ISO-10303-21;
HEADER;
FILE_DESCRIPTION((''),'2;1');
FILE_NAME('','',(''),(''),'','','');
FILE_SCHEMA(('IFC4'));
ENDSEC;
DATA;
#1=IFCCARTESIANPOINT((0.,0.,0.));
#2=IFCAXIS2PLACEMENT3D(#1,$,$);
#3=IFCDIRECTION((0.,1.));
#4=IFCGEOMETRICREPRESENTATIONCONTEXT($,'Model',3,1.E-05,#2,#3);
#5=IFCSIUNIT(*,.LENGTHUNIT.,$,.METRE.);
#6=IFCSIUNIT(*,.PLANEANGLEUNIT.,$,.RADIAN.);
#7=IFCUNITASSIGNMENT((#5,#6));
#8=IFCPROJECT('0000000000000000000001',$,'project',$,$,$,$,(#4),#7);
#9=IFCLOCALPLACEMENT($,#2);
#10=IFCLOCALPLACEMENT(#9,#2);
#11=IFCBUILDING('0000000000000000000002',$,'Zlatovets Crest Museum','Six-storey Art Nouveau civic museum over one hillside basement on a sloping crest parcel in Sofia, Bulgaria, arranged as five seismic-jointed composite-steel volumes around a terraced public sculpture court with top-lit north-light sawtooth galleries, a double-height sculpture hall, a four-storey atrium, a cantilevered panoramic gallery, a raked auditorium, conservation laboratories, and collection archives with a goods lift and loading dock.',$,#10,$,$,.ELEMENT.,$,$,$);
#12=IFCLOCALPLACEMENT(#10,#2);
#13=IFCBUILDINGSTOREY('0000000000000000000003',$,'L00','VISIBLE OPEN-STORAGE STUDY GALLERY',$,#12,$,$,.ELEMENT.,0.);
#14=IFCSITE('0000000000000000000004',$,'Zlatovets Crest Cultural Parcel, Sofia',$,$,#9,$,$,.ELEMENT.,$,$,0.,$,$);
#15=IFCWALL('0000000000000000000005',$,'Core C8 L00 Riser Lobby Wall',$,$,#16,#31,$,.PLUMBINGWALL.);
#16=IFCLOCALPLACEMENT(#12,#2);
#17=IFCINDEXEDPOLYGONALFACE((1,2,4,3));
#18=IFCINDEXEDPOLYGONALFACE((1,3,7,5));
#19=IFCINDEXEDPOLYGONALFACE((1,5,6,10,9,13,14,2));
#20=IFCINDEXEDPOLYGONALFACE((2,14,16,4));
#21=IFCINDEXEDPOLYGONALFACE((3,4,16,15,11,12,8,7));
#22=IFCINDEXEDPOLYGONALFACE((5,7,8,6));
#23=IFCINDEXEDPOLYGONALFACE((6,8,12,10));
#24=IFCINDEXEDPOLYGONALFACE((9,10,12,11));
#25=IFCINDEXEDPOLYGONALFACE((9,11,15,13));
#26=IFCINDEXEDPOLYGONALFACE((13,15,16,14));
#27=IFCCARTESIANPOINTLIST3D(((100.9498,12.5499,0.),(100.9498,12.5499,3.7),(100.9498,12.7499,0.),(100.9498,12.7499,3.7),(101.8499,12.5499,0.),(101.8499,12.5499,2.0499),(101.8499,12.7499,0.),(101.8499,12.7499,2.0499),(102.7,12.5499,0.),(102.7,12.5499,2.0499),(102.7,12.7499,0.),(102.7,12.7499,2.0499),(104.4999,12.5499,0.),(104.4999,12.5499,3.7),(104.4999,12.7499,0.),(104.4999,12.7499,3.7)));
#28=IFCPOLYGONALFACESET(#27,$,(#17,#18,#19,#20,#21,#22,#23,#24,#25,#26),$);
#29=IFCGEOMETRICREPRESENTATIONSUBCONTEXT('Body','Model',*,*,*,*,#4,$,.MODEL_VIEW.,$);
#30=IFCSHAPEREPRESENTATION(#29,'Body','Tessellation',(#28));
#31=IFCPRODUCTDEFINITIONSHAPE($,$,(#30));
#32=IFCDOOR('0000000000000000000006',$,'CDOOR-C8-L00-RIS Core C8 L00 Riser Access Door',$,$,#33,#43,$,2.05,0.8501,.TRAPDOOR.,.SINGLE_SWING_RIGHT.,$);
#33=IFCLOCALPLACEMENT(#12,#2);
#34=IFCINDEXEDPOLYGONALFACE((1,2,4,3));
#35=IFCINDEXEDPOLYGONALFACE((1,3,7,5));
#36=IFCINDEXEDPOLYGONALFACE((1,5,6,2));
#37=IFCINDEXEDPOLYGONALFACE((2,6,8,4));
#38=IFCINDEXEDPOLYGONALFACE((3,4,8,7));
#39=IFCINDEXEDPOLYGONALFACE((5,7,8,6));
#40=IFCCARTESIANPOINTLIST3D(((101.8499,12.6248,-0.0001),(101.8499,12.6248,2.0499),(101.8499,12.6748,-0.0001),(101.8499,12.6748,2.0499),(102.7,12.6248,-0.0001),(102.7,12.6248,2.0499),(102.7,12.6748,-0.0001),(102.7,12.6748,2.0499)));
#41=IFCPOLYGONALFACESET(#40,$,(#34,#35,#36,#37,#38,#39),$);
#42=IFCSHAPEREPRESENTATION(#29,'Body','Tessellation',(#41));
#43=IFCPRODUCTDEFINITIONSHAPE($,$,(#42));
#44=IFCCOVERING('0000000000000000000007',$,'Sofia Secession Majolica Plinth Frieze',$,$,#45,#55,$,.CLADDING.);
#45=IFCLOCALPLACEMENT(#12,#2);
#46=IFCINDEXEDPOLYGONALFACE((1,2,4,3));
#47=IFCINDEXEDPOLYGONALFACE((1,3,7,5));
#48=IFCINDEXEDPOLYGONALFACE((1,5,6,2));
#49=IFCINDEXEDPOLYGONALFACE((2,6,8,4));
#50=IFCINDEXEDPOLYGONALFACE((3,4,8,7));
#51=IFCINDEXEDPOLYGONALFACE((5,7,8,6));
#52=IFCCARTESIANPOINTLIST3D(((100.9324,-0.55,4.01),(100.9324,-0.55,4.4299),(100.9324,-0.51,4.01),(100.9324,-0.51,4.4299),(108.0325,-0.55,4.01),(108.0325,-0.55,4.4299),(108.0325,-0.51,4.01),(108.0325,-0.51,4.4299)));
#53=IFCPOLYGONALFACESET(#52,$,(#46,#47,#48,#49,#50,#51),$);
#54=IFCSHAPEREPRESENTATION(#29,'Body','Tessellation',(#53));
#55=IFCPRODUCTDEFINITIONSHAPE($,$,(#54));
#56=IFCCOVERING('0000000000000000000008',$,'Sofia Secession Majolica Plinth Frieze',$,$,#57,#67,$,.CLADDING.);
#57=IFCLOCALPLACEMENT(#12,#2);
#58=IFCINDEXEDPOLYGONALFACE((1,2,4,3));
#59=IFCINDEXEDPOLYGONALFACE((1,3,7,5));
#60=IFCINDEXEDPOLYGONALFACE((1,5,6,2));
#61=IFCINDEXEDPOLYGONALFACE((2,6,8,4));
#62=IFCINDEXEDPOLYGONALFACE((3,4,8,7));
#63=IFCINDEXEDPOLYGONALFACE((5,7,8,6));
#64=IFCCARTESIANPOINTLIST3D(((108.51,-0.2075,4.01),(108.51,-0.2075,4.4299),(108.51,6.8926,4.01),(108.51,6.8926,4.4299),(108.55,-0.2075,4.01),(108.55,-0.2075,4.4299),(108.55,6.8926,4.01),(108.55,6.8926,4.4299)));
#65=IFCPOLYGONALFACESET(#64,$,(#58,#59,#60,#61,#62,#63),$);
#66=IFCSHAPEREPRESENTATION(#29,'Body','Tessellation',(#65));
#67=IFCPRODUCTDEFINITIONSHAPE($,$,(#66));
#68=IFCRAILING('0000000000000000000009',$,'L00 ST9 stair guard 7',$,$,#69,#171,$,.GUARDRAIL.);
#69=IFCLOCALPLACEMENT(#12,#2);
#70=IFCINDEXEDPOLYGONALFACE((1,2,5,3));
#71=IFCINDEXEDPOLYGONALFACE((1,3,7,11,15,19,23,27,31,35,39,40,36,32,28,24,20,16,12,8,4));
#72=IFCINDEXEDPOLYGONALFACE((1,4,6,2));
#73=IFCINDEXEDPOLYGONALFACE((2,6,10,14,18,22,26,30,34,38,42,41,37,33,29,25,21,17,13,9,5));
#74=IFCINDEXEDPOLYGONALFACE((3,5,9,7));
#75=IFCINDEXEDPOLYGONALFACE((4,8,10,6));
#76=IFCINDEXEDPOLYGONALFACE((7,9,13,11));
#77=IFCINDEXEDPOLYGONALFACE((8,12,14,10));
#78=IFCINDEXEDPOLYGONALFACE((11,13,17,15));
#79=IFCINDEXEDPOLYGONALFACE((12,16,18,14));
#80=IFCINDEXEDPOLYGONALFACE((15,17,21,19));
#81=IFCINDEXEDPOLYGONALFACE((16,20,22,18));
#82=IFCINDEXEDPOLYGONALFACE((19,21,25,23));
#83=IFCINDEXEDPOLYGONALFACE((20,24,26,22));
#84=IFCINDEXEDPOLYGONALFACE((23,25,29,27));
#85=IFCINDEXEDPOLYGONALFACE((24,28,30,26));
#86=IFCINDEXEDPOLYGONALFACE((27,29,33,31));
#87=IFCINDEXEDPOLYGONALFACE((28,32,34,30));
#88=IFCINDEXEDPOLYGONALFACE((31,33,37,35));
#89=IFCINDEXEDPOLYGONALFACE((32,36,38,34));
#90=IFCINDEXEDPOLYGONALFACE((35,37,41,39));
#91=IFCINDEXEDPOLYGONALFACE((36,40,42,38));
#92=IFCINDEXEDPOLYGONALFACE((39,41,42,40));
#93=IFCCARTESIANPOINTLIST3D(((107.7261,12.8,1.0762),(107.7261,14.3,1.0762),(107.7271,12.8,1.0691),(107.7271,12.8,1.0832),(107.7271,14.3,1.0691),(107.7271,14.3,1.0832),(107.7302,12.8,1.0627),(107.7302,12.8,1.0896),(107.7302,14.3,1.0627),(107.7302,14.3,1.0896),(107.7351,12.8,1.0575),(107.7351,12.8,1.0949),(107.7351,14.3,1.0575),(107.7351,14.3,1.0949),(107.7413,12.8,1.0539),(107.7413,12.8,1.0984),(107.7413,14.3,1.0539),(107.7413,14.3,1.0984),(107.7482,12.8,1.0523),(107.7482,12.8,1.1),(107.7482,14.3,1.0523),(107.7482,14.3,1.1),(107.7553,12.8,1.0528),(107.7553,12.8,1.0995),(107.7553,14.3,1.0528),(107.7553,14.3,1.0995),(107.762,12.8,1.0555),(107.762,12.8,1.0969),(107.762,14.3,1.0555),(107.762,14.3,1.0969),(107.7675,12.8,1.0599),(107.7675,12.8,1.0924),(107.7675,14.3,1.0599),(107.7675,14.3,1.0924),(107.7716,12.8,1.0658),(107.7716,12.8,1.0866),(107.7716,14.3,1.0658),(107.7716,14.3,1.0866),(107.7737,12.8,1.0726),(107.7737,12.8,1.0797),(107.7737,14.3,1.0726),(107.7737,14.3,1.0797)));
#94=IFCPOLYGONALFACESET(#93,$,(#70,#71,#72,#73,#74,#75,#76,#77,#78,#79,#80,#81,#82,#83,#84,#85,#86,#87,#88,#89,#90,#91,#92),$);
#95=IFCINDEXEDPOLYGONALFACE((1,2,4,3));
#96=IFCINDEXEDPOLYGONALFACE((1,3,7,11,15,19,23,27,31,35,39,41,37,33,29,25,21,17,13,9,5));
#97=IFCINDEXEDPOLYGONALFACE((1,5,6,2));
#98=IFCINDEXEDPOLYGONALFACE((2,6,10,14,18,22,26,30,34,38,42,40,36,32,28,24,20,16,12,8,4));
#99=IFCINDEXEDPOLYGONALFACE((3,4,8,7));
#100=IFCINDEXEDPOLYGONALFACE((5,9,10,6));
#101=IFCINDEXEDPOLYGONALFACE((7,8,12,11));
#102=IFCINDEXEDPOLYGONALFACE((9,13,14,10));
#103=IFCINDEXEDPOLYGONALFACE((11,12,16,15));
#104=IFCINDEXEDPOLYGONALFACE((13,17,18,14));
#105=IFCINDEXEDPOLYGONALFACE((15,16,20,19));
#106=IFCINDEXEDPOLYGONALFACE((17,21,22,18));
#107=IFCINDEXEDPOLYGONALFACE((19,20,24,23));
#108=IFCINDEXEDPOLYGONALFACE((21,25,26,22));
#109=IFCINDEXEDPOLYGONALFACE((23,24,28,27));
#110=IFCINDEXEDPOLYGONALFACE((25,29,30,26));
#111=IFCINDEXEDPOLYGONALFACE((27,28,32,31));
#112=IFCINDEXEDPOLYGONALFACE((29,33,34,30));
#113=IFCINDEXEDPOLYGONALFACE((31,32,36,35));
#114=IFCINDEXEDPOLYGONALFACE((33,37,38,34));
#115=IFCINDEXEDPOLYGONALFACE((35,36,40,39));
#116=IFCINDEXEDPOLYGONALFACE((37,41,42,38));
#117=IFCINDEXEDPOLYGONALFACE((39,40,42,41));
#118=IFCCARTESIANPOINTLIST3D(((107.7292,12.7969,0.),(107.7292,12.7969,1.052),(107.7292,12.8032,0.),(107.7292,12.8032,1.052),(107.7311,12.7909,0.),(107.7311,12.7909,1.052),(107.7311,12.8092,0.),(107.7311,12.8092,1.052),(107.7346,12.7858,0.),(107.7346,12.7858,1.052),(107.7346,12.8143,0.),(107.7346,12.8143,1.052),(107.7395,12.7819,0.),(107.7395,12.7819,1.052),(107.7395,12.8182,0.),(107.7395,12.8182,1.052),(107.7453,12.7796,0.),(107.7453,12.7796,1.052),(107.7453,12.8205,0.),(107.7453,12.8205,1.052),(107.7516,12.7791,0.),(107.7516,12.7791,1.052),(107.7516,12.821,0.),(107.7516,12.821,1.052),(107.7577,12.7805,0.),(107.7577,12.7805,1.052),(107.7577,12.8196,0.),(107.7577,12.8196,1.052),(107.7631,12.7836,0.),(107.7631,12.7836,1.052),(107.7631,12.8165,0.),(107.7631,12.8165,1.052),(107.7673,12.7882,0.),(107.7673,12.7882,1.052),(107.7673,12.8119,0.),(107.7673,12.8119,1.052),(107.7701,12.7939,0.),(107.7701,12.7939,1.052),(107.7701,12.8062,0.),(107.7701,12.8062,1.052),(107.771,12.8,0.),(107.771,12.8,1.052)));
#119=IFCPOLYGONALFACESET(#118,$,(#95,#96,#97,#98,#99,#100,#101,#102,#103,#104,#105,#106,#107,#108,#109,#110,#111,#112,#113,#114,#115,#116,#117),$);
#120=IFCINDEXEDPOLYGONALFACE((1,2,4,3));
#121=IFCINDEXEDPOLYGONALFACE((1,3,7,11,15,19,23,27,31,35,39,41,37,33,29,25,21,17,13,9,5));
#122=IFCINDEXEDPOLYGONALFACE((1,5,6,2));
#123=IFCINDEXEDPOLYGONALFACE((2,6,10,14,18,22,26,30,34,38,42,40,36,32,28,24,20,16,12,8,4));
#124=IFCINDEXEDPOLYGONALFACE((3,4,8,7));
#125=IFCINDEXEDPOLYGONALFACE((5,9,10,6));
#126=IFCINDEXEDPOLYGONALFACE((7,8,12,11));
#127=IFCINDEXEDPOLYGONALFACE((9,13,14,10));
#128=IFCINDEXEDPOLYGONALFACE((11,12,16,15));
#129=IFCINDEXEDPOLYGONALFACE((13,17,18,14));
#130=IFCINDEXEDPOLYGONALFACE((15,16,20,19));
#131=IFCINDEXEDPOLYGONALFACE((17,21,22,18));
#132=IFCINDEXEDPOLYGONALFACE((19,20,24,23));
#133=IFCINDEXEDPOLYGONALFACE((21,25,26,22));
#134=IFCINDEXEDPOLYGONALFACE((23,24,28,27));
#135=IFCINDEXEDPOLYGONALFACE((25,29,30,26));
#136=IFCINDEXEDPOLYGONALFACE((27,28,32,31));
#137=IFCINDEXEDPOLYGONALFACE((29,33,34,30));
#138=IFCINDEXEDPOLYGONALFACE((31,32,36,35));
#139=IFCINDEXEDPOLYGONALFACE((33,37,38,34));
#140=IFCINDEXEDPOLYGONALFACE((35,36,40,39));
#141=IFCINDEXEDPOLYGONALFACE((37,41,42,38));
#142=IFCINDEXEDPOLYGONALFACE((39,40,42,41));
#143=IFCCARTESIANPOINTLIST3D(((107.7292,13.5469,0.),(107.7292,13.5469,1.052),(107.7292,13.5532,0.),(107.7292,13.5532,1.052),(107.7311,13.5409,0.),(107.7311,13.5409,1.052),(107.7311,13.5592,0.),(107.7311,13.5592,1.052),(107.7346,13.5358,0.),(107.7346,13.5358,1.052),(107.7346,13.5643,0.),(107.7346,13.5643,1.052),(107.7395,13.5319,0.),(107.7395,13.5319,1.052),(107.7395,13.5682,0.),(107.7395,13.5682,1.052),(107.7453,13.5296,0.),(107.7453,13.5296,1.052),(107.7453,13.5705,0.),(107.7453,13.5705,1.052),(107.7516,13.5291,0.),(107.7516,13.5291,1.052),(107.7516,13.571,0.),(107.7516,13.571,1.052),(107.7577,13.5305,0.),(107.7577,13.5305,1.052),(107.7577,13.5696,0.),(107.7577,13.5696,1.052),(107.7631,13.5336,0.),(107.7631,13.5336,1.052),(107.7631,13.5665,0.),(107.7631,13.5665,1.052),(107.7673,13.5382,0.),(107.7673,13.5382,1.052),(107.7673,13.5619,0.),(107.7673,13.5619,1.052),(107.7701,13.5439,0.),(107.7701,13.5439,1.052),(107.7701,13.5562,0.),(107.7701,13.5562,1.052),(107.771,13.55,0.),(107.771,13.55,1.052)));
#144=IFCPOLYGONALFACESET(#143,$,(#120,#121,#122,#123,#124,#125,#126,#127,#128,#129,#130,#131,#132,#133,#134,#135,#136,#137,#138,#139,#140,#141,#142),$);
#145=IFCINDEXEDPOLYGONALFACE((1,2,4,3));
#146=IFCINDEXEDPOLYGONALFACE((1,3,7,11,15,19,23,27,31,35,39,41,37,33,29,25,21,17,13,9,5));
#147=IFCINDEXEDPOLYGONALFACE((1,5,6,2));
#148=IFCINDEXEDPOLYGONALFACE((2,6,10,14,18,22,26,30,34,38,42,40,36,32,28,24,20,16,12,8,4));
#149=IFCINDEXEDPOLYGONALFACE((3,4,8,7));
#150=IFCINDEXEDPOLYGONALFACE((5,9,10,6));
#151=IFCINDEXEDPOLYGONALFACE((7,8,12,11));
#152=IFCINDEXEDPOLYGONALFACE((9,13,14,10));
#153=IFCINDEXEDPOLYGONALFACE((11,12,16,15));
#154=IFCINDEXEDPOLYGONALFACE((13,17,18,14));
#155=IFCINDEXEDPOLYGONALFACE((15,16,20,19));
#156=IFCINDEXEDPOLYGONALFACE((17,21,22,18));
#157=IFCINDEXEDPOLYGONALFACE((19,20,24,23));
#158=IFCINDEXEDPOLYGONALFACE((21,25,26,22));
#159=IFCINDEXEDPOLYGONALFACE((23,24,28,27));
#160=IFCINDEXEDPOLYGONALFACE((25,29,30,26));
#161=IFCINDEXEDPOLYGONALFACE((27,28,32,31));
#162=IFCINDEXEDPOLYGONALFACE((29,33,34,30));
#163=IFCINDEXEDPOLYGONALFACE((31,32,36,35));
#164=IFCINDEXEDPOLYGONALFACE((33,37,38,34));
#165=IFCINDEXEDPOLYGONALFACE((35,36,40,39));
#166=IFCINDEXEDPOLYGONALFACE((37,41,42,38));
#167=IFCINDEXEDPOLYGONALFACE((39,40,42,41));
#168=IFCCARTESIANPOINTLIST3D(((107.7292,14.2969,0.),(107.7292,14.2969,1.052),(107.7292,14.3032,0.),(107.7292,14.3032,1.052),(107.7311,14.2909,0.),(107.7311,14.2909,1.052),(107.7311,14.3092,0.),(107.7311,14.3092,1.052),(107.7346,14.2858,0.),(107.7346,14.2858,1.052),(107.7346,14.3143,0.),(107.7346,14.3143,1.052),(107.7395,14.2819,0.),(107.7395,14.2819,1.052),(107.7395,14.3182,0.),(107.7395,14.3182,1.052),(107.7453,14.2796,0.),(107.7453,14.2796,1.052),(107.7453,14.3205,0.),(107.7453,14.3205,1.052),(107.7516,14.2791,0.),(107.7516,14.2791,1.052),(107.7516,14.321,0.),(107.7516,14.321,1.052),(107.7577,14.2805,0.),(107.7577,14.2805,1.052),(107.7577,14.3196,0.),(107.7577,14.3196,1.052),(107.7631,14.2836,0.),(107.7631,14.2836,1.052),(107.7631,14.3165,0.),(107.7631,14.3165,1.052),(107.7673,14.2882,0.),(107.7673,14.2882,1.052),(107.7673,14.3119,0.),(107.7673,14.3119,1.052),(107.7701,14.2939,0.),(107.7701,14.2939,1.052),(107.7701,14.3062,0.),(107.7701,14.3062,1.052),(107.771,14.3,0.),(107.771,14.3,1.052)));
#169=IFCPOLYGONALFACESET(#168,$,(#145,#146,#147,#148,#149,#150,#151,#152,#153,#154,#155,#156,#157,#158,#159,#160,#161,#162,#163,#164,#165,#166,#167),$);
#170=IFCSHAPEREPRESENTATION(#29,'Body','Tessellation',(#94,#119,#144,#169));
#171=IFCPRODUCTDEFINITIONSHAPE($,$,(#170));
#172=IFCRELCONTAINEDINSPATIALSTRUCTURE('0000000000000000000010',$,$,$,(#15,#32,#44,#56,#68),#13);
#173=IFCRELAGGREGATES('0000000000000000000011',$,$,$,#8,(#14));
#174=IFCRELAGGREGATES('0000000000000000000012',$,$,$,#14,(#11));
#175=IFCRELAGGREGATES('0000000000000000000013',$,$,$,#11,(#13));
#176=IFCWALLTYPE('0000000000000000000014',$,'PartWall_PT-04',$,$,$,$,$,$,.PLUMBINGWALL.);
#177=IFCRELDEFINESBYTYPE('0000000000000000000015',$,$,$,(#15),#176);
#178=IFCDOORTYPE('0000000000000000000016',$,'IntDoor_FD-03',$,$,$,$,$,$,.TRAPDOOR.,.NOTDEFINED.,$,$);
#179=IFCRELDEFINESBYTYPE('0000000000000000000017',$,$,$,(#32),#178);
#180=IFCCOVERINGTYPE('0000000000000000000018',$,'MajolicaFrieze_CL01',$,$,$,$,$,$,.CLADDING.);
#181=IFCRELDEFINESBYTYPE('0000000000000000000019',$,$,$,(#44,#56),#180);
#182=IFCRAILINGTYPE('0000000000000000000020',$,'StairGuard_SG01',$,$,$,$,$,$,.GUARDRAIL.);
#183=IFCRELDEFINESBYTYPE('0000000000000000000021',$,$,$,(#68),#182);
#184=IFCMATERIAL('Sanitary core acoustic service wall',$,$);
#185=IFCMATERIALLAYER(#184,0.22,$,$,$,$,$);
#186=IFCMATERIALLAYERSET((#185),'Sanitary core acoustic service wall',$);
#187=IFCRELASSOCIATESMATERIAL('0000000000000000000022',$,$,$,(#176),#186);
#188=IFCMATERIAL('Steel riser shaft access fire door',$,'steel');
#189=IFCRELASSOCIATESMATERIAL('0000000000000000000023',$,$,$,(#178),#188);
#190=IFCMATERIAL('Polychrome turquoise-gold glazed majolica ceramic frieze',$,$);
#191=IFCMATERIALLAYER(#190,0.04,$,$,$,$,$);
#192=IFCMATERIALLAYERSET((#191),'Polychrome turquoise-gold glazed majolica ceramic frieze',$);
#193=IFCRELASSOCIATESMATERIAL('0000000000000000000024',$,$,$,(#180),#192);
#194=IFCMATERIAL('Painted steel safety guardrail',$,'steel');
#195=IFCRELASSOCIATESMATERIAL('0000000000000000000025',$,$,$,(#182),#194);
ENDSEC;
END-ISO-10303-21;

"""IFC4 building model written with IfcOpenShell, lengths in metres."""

from ifc_helpers import new_model, si_unit, direction, frame, frame_2d, origin, origin_2d, place, context, subcontext, project, spatial, rectangle, circle, extrude, material, layer, layer_set, type_object, element, fill, save


model = new_model("IFC4")

# Units and contexts
model_context = context("Model", 3, precision=1e-05, world=origin(), true_north=direction((0.0, 1.0)))
body_context = subcontext(model_context, "Body", "Model", "MODEL_VIEW")
ifc_project = project(units=[si_unit("LENGTHUNIT", "METRE"), si_unit("PLANEANGLEUNIT", "RADIAN")], contexts=[model_context])

# Site, building, storey
site_placement = place(None, origin())
site = spatial("IfcSite", under=ifc_project, at=site_placement, Name="Zlatovets Crest Cultural Parcel, Sofia", CompositionType="ELEMENT", RefElevation=0.0)
building_placement = place(site_placement, origin())
building = spatial("IfcBuilding", under=site, at=building_placement, Name="Zlatovets Crest Museum", Description="Six-storey Art Nouveau civic museum over one hillside basement on a sloping crest parcel in Sofia, Bulgaria, arranged as five seismic-jointed composite-steel volumes around a terraced public sculpture court with top-lit north-light sawtooth galleries, a double-height sculpture hall, a four-storey atrium, a cantilevered panoramic gallery, a raked auditorium, conservation laboratories, and collection archives with a goods lift and loading dock.", CompositionType="ELEMENT")
storey_placement = place(building_placement, origin())
storey = spatial("IfcBuildingStorey", under=building, at=storey_placement, Name="L00", Description="VISIBLE OPEN-STORAGE STUDY GALLERY", CompositionType="ELEMENT", Elevation=0.0)

# Wall, opening, door
ifc_material_1 = material(Name="Sanitary core acoustic service wall")
ifc_layer_1 = layer(ifc_material_1, 0.22)
ifc_layer_set_1 = layer_set([ifc_layer_1], Name="Sanitary core acoustic service wall")
wall_type_1 = type_object("IfcWallType", Name="PartWall_PT-04", PredefinedType="PLUMBINGWALL", material=ifc_layer_set_1)
wall_1_placement = place(storey_placement, frame((100.95, 12.6499, 0.0), z_axis=(0.0, 0.0, 1.0), x_axis=(1.0, 0.0, 0.0)))
wall_1 = element("IfcWall", 1, at=wall_1_placement, inside=storey, type_object=wall_type_1, Name="Core C8 L00 Riser Lobby Wall", PredefinedType="PLUMBINGWALL", context=body_context, shape_type="SweptSolid", body=[
    extrude(rectangle(XDim=3.55, YDim=0.2, at=frame_2d((1.7749, 0.0))), origin(), (0.0, 0.0, 1.0), 3.7),
])
opening_1_placement = place(wall_1_placement, frame((0.8999, 0.0, 0.0)))
opening_1 = element("IfcOpeningElement", 2, at=opening_1_placement, cuts=wall_1, PredefinedType="OPENING", context=body_context, shape_type="SweptSolid", body=[
    extrude(rectangle(XDim=0.8501, YDim=2.05, at=frame_2d((0.425, 1.0249))), frame((0.0, 0.1099, 0.0), z_axis=(0.0, -1.0, 0.0), x_axis=(1.0, 0.0, 0.0)), (0.0, 0.0, 1.0), 0.22),
])
ifc_material_2 = material(Name="Steel riser shaft access fire door", Category="steel")
door_type_1 = type_object("IfcDoorType", Name="IntDoor_FD-03", OperationType="NOTDEFINED", PredefinedType="TRAPDOOR", material=ifc_material_2)
door_1_placement = place(opening_1_placement, origin())
door_1 = element("IfcDoor", 3, at=door_1_placement, inside=storey, type_object=door_type_1, Name="CDOOR-C8-L00-RIS Core C8 L00 Riser Access Door", OperationType="SINGLE_SWING_RIGHT", OverallHeight=2.05, OverallWidth=0.8501, PredefinedType="TRAPDOOR", context=body_context, shape_type="SweptSolid", body=[
    extrude(rectangle(XDim=0.8501, YDim=2.05, at=frame_2d((0.425, 1.0249))), frame((0.0, 0.0249, 0.0), z_axis=(0.0, -1.0, 0.0), x_axis=(1.0, 0.0, 0.0)), (0.0, 0.0, 1.0), 0.05),
])
fill(opening_1, door_1)

# Coverings
ifc_material_3 = material(Name="Polychrome turquoise-gold glazed majolica ceramic frieze")
ifc_layer_2 = layer(ifc_material_3, 0.04)
ifc_layer_set_2 = layer_set([ifc_layer_2], Name="Polychrome turquoise-gold glazed majolica ceramic frieze")
covering_type = type_object("IfcCoveringType", Name="MajolicaFrieze_CL01", PredefinedType="CLADDING", material=ifc_layer_set_2)
for number, where, z_axis, x_axis, name in (
    (4, (104.4824, -0.53, 4.01), (0.0, 0.0, 1.0), (1.0, 0.0, 0.0), "Sofia Secession Majolica Plinth Frieze"),
    (5, (108.53, 3.3425, 4.01), (0.0, 0.0, 1.0), (0.0, 1.0, 0.0), "Sofia Secession Majolica Plinth Frieze"),
):
    element("IfcCovering", number, at=place(storey_placement, frame(where, z_axis=z_axis, x_axis=x_axis)), inside=storey, type_object=covering_type, Name=name, PredefinedType="CLADDING", context=body_context, shape_type="SweptSolid", body=[
        extrude(rectangle(XDim=7.1001, YDim=0.04, at=origin_2d()), origin(), (0.0, 0.0, 1.0), 0.4199),
    ])

# Railing
ifc_material_4 = material(Name="Painted steel safety guardrail", Category="steel")
railing_type = type_object("IfcRailingType", Name="StairGuard_SG01", PredefinedType="GUARDRAIL", material=ifc_material_4)
for number, where, name in (
    (6, (107.75, 12.8, 0.0), "L00 ST9 stair guard 7"),
):
    element("IfcRailing", number, at=place(storey_placement, frame(where)), inside=storey, type_object=railing_type, Name=name, PredefinedType="GUARDRAIL", context=body_context, shape_type="SweptSolid", body=[
        extrude(circle(Radius=0.0239, at=origin_2d()), frame((0.0, 0.0, 1.0762), z_axis=(0.0, 1.0, 0.0), x_axis=(-1.0, 0.0, 0.0)), (0.0, 0.0, 1.0), 1.5),
        extrude(circle(Radius=0.021, at=origin_2d()), origin(), (0.0, 0.0, 1.0), 1.052),
        extrude(circle(Radius=0.021, at=origin_2d()), frame((0.0, 0.75, 0.0)), (0.0, 0.0, 1.0), 1.052),
        extrude(circle(Radius=0.021, at=origin_2d()), frame((0.0, 1.5, 0.0)), (0.0, 0.0, 1.0), 1.052),
    ])

save(model, "model.ifc")
